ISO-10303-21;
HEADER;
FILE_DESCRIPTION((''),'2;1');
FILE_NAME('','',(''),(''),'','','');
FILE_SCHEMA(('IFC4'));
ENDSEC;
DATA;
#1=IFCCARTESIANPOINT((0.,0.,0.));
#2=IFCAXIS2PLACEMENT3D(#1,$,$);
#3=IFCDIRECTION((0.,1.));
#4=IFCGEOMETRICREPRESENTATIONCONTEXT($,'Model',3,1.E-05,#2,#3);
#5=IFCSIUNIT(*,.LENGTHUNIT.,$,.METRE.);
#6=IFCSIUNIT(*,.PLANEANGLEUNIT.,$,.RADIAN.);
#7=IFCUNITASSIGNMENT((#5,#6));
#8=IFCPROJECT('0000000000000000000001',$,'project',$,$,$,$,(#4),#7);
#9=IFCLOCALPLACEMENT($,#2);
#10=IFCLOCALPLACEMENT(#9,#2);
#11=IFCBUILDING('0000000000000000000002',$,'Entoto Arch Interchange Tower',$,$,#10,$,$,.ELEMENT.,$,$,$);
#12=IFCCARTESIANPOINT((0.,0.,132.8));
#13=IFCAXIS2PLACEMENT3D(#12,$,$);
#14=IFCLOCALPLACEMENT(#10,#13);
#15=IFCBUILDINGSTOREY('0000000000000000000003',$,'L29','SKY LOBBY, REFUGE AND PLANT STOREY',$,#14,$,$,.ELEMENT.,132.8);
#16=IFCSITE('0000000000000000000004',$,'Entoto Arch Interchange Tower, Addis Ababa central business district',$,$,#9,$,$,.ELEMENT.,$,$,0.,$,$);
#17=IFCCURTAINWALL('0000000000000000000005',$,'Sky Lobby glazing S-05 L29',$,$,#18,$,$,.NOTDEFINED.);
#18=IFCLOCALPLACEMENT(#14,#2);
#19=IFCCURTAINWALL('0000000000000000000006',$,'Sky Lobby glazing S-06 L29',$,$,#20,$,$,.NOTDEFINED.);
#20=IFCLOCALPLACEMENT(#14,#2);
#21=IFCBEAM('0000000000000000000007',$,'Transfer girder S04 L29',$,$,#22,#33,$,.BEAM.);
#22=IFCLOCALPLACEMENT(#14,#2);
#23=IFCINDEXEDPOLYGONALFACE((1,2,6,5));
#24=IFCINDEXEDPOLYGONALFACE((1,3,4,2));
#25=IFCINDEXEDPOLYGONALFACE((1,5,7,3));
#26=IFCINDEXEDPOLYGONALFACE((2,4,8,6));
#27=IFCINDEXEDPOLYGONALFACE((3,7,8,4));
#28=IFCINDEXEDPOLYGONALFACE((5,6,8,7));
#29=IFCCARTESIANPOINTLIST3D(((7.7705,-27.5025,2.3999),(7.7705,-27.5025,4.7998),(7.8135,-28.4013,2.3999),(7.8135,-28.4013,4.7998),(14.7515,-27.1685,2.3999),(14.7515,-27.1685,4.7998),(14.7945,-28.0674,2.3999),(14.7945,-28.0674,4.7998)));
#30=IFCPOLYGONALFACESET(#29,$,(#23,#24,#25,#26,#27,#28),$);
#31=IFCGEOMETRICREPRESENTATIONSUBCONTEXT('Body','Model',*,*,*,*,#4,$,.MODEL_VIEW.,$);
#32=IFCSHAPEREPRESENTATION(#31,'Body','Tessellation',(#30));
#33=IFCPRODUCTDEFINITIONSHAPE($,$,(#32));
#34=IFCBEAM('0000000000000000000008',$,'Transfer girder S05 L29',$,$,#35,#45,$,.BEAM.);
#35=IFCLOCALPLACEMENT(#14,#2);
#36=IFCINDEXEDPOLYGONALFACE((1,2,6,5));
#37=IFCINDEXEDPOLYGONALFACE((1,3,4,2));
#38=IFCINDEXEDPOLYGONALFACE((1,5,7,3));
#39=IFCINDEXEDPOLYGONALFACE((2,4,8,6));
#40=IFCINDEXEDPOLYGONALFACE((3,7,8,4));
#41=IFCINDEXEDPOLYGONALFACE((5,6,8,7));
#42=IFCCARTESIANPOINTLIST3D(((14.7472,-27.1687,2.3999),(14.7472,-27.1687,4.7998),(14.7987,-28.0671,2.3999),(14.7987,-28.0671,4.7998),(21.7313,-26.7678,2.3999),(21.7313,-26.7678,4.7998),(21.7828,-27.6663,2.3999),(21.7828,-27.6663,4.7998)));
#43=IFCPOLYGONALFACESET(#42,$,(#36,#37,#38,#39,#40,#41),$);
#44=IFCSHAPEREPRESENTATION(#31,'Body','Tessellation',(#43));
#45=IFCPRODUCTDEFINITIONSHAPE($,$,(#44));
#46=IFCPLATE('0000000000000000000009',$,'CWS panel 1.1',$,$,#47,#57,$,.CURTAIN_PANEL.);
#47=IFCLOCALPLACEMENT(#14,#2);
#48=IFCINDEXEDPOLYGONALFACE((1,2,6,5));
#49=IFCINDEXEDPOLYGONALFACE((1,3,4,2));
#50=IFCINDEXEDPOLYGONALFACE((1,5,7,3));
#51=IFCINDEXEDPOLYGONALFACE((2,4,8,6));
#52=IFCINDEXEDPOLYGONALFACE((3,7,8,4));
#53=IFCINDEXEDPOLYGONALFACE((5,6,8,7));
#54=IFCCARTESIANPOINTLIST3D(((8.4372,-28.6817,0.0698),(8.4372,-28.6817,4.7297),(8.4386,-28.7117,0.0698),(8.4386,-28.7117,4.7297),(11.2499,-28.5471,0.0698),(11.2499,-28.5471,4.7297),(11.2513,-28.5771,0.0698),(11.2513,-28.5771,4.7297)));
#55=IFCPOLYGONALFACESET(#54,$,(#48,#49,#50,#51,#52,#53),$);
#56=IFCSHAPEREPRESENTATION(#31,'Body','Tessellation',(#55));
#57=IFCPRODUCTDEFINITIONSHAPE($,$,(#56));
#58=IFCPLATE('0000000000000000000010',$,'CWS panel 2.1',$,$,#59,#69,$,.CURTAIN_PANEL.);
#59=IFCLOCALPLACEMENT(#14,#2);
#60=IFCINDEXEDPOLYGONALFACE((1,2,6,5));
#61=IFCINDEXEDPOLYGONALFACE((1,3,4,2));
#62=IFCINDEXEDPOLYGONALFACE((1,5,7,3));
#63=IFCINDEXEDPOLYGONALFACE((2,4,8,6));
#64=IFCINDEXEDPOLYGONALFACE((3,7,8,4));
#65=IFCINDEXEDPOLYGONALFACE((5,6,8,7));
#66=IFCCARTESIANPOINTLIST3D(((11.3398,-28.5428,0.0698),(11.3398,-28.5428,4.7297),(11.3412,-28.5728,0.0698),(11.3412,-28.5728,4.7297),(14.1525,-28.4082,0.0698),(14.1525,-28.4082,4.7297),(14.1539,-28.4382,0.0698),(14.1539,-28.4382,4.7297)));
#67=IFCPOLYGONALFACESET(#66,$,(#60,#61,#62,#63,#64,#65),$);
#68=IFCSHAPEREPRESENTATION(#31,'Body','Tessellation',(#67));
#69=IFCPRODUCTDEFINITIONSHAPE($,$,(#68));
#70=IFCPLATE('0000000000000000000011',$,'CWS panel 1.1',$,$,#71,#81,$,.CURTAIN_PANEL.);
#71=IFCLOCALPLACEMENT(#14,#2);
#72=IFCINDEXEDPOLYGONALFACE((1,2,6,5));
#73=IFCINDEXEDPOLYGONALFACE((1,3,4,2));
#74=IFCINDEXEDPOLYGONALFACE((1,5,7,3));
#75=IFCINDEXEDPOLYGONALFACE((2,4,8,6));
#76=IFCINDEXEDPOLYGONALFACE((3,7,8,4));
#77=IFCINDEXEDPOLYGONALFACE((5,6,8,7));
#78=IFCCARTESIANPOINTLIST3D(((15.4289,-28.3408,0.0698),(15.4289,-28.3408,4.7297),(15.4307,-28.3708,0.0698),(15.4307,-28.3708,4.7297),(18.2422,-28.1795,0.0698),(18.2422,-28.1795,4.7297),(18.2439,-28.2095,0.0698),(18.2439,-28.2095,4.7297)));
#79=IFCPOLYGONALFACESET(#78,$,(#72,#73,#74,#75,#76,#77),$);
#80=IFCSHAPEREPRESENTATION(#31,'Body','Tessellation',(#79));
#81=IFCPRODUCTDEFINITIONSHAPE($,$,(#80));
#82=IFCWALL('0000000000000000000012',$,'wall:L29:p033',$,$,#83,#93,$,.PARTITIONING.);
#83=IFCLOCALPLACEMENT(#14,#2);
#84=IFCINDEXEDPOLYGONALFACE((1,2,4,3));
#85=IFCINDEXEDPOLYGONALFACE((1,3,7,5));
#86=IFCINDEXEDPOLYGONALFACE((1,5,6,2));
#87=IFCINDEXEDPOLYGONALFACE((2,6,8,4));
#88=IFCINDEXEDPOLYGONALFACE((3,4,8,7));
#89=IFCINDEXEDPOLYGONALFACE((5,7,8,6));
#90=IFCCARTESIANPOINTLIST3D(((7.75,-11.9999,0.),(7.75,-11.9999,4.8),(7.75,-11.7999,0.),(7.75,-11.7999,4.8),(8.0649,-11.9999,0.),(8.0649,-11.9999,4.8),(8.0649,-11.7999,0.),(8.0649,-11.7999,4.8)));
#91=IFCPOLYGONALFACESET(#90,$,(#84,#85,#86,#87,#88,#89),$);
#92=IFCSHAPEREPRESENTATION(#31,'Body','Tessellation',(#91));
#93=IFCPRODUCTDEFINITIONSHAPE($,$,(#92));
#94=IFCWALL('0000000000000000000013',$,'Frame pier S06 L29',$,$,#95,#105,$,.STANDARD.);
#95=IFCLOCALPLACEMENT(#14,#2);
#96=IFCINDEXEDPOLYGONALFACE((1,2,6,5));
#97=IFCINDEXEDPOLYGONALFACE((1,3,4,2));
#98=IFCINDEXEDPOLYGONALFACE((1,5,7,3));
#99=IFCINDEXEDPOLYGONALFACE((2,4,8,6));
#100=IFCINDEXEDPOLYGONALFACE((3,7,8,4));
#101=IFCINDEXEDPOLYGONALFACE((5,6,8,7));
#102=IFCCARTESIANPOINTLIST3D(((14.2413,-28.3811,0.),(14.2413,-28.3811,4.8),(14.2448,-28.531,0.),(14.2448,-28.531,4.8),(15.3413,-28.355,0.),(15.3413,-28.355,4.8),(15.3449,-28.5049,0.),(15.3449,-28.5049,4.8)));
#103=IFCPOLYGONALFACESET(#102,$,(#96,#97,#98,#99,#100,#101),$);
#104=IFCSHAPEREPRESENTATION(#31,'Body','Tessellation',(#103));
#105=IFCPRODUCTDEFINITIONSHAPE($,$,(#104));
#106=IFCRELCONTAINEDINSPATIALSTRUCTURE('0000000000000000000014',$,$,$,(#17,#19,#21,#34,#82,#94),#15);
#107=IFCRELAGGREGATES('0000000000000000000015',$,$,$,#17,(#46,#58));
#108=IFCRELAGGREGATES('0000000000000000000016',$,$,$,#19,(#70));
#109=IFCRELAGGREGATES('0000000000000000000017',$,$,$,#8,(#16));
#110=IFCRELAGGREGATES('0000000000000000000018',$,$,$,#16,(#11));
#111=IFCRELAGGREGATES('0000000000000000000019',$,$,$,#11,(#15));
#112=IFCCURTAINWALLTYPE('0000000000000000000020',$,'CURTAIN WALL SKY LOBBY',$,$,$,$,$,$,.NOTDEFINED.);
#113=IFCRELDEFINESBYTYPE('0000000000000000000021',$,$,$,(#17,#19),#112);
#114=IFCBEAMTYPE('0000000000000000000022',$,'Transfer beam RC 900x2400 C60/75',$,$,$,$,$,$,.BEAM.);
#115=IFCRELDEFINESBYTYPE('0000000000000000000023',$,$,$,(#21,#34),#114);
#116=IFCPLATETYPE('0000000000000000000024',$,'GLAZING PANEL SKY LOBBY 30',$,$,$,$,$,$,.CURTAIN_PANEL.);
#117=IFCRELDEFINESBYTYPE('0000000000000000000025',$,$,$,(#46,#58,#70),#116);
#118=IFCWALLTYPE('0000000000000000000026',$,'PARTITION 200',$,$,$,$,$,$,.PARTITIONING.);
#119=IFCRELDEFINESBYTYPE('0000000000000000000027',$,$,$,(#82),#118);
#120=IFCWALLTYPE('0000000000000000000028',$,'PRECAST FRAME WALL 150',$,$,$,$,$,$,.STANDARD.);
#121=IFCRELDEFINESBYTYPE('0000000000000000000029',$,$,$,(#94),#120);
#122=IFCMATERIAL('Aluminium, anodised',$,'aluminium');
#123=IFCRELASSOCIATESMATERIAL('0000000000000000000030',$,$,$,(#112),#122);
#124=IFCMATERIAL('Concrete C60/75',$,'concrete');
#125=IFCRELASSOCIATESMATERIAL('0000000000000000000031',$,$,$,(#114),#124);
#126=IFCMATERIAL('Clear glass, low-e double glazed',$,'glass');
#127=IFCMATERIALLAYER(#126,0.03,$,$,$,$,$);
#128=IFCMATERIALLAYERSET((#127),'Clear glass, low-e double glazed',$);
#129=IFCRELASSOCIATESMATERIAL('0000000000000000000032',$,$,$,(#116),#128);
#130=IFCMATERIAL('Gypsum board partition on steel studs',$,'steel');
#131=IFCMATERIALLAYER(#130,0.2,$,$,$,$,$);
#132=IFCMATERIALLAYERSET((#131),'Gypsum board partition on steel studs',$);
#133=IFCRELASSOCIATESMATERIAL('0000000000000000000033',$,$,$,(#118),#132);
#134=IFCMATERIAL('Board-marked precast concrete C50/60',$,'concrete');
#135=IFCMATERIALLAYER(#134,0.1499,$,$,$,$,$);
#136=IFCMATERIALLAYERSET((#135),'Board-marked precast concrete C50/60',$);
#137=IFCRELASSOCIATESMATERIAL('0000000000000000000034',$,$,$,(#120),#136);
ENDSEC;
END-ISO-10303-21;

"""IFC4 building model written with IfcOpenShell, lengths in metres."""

from ifc_helpers import new_model, si_unit, direction, frame, frame_2d, origin, origin_2d, place, context, subcontext, project, spatial, rectangle, extrude, material, layer, layer_set, material_profile, profile_set, type_object, element, aggregate, save


model = new_model("IFC4")

# Units and contexts
model_context = context("Model", 3, precision=1e-05, world=origin(), true_north=direction((0.0, 1.0)))
body_context = subcontext(model_context, "Body", "Model", "MODEL_VIEW")
ifc_project = project(units=[si_unit("LENGTHUNIT", "METRE"), si_unit("PLANEANGLEUNIT", "RADIAN")], contexts=[model_context])

# Site, building, storey
site_placement = place(None, origin())
site = spatial("IfcSite", under=ifc_project, at=site_placement, Name="Entoto Arch Interchange Tower, Addis Ababa central business district", CompositionType="ELEMENT", RefElevation=0.0)
building_placement = place(site_placement, origin())
building = spatial("IfcBuilding", under=site, at=building_placement, Name="Entoto Arch Interchange Tower", CompositionType="ELEMENT")
storey_placement = place(building_placement, frame((0.0, 0.0, 132.8)))
storey = spatial("IfcBuildingStorey", under=building, at=storey_placement, Name="L29", Description="SKY LOBBY, REFUGE AND PLANT STOREY", CompositionType="ELEMENT", Elevation=132.8)

# Shared definitions
ifc_material_1 = material(Name="Concrete C60/75", Category="concrete")

# Curtain walls
ifc_material_2 = material(Name="Aluminium, anodised", Category="aluminium")
curtain_wall_type = type_object("IfcCurtainWallType", Name="CURTAIN WALL SKY LOBBY", PredefinedType="NOTDEFINED", material=ifc_material_2)
curtain_wall_1_placement = place(storey_placement, origin())
curtain_wall_1 = element("IfcCurtainWall", 1, at=curtain_wall_1_placement, inside=storey, type_object=curtain_wall_type, Name="Sky Lobby glazing S-05 L29", PredefinedType="NOTDEFINED")
curtain_wall_2_placement = place(storey_placement, origin())
curtain_wall_2 = element("IfcCurtainWall", 2, at=curtain_wall_2_placement, inside=storey, type_object=curtain_wall_type, Name="Sky Lobby glazing S-06 L29", PredefinedType="NOTDEFINED")

# Beams
ifc_material_profile_1 = material_profile(ifc_material_1, rectangle(XDim=0.8999, YDim=2.3999, at=origin_2d()))
ifc_profile_set_1 = profile_set([ifc_material_profile_1], Name="Concrete C60/75")
beam_type = type_object("IfcBeamType", Name="Transfer beam RC 900x2400 C60/75", PredefinedType="BEAM", material=ifc_profile_set_1)
beam_1_placement = place(storey_placement, frame((7.792, -27.9519, 3.5999), z_axis=(0.998858, 0.047788, 0.0), x_axis=(-0.047788, 0.998858, 0.0)))
element("IfcBeam", 3, at=beam_1_placement, inside=storey, type_object=beam_type, Name="Transfer girder S04 L29", PredefinedType="BEAM", context=body_context, shape_type="SweptSolid", body=[
    extrude(rectangle(XDim=0.8999, YDim=2.3999, at=origin_2d()), origin(), (0.0, 0.0, 1.0), 6.989),
])
beam_2_placement = place(storey_placement, frame((14.7729, -27.6179, 3.5999), z_axis=(0.998357, 0.057304, 0.0), x_axis=(-0.057304, 0.998357, 0.0)))
element("IfcBeam", 4, at=beam_2_placement, inside=storey, type_object=beam_type, Name="Transfer girder S05 L29", PredefinedType="BEAM", context=body_context, shape_type="SweptSolid", body=[
    extrude(rectangle(XDim=0.8999, YDim=2.3999, at=origin_2d()), origin(), (0.0, 0.0, 1.0), 6.9956),
])

# Plates
ifc_material_3 = material(Name="Clear glass, low-e double glazed", Category="glass")
ifc_layer_1 = layer(ifc_material_3, 0.03)
ifc_layer_set_1 = layer_set([ifc_layer_1], Name="Clear glass, low-e double glazed")
plate_type = type_object("IfcPlateType", Name="GLAZING PANEL SKY LOBBY 30", PredefinedType="CURTAIN_PANEL", material=ifc_layer_set_1)
plate_1_placement = place(storey_placement, frame((9.8442, -28.6294, 0.0698), z_axis=(0.0, 0.0, 1.0), x_axis=(0.998858, 0.047783, 0.0)))
plate_1 = element("IfcPlate", 5, at=plate_1_placement, type_object=plate_type, Name="CWS panel 1.1", PredefinedType="CURTAIN_PANEL", context=body_context, shape_type="SweptSolid", body=[
    extrude(rectangle(XDim=2.8159, YDim=0.03, at=origin_2d()), origin(), (0.0, 0.0, 1.0), 4.6599),
])
plate_2_placement = place(storey_placement, frame((12.7468, -28.4905, 0.0698), z_axis=(0.0, 0.0, 1.0), x_axis=(0.998858, 0.047783, 0.0)))
plate_2 = element("IfcPlate", 6, at=plate_2_placement, type_object=plate_type, Name="CWS panel 2.1", PredefinedType="CURTAIN_PANEL", context=body_context, shape_type="SweptSolid", body=[
    extrude(rectangle(XDim=2.8159, YDim=0.03, at=origin_2d()), origin(), (0.0, 0.0, 1.0), 4.6599),
])
aggregate(curtain_wall_1, [plate_1, plate_2])
plate_3_placement = place(storey_placement, frame((16.8364, -28.2751, 0.0698), z_axis=(0.0, 0.0, 1.0), x_axis=(0.998361, 0.057233, 0.0)))
plate_3 = element("IfcPlate", 7, at=plate_3_placement, type_object=plate_type, Name="CWS panel 1.1", PredefinedType="CURTAIN_PANEL", context=body_context, shape_type="SweptSolid", body=[
    extrude(rectangle(XDim=2.8179, YDim=0.03, at=origin_2d()), origin(), (0.0, 0.0, 1.0), 4.6599),
])
aggregate(curtain_wall_2, [plate_3])

# Walls
ifc_material_4 = material(Name="Gypsum board partition on steel studs", Category="steel")
ifc_layer_2 = layer(ifc_material_4, 0.2)
ifc_layer_set_2 = layer_set([ifc_layer_2], Name="Gypsum board partition on steel studs")
wall_type_1 = type_object("IfcWallType", Name="PARTITION 200", PredefinedType="PARTITIONING", material=ifc_layer_set_2)
wall_1_placement = place(storey_placement, frame((8.0649, -11.8999, 0.0), z_axis=(0.0, 0.0, 1.0), x_axis=(-1.0, 0.0, 0.0)))
element("IfcWall", 8, at=wall_1_placement, inside=storey, type_object=wall_type_1, Name="wall:L29:p033", PredefinedType="PARTITIONING", context=body_context, shape_type="SweptSolid", body=[
    extrude(rectangle(XDim=0.3149, YDim=0.2, at=frame_2d((0.1575, 0.0))), origin(), (0.0, 0.0, 1.0), 4.8),
])
ifc_material_5 = material(Name="Board-marked precast concrete C50/60", Category="concrete")
ifc_layer_3 = layer(ifc_material_5, 0.1499)
ifc_layer_set_3 = layer_set([ifc_layer_3], Name="Board-marked precast concrete C50/60")
wall_type_2 = type_object("IfcWallType", Name="PRECAST FRAME WALL 150", PredefinedType="STANDARD", material=ifc_layer_set_3)
wall_2_placement = place(storey_placement, frame((14.2429, -28.4561, 0.0), z_axis=(0.0, 0.0, 1.0), x_axis=(0.999718, 0.023739, 0.0)))
element("IfcWall", 9, at=wall_2_placement, inside=storey, type_object=wall_type_2, Name="Frame pier S06 L29", PredefinedType="STANDARD", context=body_context, shape_type="SweptSolid", body=[
    extrude(rectangle(XDim=1.1003, YDim=0.1499, at=frame_2d((0.5503, 0.0))), origin(), (0.0, 0.0, 1.0), 4.8),
])

save(model, "model.ifc")
